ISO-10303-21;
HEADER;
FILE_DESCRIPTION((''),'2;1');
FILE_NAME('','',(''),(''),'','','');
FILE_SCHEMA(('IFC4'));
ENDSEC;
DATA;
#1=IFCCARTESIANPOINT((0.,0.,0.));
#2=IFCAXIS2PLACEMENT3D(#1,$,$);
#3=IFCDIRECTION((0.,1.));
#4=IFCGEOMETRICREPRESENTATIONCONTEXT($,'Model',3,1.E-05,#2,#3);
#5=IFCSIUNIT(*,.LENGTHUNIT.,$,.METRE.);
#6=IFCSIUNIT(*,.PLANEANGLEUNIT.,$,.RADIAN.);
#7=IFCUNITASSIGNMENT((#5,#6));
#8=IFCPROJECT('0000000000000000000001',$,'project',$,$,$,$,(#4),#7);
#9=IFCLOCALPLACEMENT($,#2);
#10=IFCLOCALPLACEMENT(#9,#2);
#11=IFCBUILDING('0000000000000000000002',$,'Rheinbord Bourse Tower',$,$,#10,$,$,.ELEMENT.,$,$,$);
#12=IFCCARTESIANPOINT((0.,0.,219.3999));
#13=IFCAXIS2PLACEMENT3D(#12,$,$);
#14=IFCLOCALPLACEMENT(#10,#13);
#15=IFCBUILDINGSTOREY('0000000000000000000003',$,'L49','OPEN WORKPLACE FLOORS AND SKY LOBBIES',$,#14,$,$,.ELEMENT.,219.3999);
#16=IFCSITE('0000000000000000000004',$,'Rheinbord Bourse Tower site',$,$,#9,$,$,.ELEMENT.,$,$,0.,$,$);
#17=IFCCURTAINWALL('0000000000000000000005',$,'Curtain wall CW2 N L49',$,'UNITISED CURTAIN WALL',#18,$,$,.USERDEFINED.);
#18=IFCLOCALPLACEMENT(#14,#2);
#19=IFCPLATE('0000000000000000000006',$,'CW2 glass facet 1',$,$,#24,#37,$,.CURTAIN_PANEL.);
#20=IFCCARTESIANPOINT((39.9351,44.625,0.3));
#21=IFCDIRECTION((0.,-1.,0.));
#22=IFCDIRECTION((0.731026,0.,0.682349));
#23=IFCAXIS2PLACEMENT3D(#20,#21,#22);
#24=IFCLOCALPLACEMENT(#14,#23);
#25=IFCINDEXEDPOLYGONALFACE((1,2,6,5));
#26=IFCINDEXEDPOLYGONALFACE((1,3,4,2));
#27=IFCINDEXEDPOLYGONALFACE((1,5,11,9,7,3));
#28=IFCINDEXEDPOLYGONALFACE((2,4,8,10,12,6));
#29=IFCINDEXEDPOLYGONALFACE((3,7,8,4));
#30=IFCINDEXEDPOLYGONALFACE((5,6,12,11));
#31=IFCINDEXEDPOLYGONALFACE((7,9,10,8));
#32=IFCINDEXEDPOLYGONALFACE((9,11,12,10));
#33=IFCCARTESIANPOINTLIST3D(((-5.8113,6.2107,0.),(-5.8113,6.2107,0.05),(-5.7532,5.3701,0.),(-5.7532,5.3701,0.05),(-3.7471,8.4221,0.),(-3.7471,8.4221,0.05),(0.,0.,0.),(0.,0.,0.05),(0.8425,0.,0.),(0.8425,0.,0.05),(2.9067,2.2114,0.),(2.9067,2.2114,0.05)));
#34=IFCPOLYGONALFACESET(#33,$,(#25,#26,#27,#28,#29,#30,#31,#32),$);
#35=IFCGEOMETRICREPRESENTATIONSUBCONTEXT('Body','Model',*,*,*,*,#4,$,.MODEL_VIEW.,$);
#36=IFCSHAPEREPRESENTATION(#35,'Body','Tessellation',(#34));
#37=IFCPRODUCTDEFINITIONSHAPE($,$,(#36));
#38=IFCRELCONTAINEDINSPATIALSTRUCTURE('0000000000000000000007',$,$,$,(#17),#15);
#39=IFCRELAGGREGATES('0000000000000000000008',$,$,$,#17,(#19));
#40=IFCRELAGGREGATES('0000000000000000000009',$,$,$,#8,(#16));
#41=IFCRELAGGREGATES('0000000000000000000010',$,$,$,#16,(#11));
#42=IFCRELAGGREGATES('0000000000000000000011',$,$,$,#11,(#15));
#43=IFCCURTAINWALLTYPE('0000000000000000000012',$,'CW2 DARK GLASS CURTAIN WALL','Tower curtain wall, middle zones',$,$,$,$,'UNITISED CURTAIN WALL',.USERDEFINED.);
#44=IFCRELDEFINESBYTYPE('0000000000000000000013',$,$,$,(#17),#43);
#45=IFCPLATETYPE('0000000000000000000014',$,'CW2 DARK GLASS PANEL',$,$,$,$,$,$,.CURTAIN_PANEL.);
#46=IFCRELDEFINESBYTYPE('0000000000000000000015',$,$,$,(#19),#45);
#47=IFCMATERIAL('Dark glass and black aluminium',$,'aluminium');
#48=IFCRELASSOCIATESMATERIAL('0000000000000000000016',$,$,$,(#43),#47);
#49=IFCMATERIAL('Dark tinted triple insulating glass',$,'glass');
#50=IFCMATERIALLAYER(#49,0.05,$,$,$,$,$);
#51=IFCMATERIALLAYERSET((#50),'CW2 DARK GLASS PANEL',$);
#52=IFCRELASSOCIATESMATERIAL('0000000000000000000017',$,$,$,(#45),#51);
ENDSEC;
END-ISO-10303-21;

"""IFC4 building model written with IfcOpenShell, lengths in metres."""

from ifc_helpers import new_model, si_unit, direction, frame, origin, place, context, subcontext, project, spatial, polyline, outline, extrude, material, layer, layer_set, type_object, element, aggregate, save


model = new_model("IFC4")

# Units and contexts
model_context = context("Model", 3, precision=1e-05, world=origin(), true_north=direction((0.0, 1.0)))
body_context = subcontext(model_context, "Body", "Model", "MODEL_VIEW")
ifc_project = project(units=[si_unit("LENGTHUNIT", "METRE"), si_unit("PLANEANGLEUNIT", "RADIAN")], contexts=[model_context])

# Site, building, storey
site_placement = place(None, origin())
site = spatial("IfcSite", under=ifc_project, at=site_placement, Name="Rheinbord Bourse Tower site", CompositionType="ELEMENT", RefElevation=0.0)
building_placement = place(site_placement, origin())
building = spatial("IfcBuilding", under=site, at=building_placement, Name="Rheinbord Bourse Tower", CompositionType="ELEMENT")
storey_placement = place(building_placement, frame((0.0, 0.0, 219.3999)))
storey = spatial("IfcBuildingStorey", under=building, at=storey_placement, Name="L49", Description="OPEN WORKPLACE FLOORS AND SKY LOBBIES", CompositionType="ELEMENT", Elevation=219.3999)

# Curtain wall
ifc_material_1 = material(Name="Dark glass and black aluminium", Category="aluminium")
curtain_wall_type = type_object("IfcCurtainWallType", Name="CW2 DARK GLASS CURTAIN WALL", Description="Tower curtain wall, middle zones", ElementType="UNITISED CURTAIN WALL", PredefinedType="USERDEFINED", material=ifc_material_1)
curtain_wall_placement = place(storey_placement, origin())
curtain_wall = element("IfcCurtainWall", 1, at=curtain_wall_placement, inside=storey, type_object=curtain_wall_type, Name="Curtain wall CW2 N L49", ObjectType="UNITISED CURTAIN WALL", PredefinedType="USERDEFINED")

# Plate
ifc_material_2 = material(Name="Dark tinted triple insulating glass", Category="glass")
ifc_layer_1 = layer(ifc_material_2, 0.05)
ifc_layer_set_1 = layer_set([ifc_layer_1], Name="CW2 DARK GLASS PANEL")
plate_type = type_object("IfcPlateType", Name="CW2 DARK GLASS PANEL", PredefinedType="CURTAIN_PANEL", material=ifc_layer_set_1)
plate_1_placement = place(storey_placement, frame((39.9351, 44.625, 0.3), z_axis=(0.0, -1.0, 0.0), x_axis=(0.731026, 0.0, 0.682349)))
plate_1 = element("IfcPlate", 2, at=plate_1_placement, type_object=plate_type, Name="CW2 glass facet 1", PredefinedType="CURTAIN_PANEL", context=body_context, shape_type="SweptSolid", body=[
    extrude(outline(polyline([(0.0, 0.0), (0.8425, 0.0), (2.9067, 2.2114), (-3.7471, 8.4221), (-5.8113, 6.2107), (-5.7532, 5.3701), (0.0, 0.0)])), origin(), (0.0, 0.0, 1.0), 0.05),
])
aggregate(curtain_wall, [plate_1])

save(model, "model.ifc")
